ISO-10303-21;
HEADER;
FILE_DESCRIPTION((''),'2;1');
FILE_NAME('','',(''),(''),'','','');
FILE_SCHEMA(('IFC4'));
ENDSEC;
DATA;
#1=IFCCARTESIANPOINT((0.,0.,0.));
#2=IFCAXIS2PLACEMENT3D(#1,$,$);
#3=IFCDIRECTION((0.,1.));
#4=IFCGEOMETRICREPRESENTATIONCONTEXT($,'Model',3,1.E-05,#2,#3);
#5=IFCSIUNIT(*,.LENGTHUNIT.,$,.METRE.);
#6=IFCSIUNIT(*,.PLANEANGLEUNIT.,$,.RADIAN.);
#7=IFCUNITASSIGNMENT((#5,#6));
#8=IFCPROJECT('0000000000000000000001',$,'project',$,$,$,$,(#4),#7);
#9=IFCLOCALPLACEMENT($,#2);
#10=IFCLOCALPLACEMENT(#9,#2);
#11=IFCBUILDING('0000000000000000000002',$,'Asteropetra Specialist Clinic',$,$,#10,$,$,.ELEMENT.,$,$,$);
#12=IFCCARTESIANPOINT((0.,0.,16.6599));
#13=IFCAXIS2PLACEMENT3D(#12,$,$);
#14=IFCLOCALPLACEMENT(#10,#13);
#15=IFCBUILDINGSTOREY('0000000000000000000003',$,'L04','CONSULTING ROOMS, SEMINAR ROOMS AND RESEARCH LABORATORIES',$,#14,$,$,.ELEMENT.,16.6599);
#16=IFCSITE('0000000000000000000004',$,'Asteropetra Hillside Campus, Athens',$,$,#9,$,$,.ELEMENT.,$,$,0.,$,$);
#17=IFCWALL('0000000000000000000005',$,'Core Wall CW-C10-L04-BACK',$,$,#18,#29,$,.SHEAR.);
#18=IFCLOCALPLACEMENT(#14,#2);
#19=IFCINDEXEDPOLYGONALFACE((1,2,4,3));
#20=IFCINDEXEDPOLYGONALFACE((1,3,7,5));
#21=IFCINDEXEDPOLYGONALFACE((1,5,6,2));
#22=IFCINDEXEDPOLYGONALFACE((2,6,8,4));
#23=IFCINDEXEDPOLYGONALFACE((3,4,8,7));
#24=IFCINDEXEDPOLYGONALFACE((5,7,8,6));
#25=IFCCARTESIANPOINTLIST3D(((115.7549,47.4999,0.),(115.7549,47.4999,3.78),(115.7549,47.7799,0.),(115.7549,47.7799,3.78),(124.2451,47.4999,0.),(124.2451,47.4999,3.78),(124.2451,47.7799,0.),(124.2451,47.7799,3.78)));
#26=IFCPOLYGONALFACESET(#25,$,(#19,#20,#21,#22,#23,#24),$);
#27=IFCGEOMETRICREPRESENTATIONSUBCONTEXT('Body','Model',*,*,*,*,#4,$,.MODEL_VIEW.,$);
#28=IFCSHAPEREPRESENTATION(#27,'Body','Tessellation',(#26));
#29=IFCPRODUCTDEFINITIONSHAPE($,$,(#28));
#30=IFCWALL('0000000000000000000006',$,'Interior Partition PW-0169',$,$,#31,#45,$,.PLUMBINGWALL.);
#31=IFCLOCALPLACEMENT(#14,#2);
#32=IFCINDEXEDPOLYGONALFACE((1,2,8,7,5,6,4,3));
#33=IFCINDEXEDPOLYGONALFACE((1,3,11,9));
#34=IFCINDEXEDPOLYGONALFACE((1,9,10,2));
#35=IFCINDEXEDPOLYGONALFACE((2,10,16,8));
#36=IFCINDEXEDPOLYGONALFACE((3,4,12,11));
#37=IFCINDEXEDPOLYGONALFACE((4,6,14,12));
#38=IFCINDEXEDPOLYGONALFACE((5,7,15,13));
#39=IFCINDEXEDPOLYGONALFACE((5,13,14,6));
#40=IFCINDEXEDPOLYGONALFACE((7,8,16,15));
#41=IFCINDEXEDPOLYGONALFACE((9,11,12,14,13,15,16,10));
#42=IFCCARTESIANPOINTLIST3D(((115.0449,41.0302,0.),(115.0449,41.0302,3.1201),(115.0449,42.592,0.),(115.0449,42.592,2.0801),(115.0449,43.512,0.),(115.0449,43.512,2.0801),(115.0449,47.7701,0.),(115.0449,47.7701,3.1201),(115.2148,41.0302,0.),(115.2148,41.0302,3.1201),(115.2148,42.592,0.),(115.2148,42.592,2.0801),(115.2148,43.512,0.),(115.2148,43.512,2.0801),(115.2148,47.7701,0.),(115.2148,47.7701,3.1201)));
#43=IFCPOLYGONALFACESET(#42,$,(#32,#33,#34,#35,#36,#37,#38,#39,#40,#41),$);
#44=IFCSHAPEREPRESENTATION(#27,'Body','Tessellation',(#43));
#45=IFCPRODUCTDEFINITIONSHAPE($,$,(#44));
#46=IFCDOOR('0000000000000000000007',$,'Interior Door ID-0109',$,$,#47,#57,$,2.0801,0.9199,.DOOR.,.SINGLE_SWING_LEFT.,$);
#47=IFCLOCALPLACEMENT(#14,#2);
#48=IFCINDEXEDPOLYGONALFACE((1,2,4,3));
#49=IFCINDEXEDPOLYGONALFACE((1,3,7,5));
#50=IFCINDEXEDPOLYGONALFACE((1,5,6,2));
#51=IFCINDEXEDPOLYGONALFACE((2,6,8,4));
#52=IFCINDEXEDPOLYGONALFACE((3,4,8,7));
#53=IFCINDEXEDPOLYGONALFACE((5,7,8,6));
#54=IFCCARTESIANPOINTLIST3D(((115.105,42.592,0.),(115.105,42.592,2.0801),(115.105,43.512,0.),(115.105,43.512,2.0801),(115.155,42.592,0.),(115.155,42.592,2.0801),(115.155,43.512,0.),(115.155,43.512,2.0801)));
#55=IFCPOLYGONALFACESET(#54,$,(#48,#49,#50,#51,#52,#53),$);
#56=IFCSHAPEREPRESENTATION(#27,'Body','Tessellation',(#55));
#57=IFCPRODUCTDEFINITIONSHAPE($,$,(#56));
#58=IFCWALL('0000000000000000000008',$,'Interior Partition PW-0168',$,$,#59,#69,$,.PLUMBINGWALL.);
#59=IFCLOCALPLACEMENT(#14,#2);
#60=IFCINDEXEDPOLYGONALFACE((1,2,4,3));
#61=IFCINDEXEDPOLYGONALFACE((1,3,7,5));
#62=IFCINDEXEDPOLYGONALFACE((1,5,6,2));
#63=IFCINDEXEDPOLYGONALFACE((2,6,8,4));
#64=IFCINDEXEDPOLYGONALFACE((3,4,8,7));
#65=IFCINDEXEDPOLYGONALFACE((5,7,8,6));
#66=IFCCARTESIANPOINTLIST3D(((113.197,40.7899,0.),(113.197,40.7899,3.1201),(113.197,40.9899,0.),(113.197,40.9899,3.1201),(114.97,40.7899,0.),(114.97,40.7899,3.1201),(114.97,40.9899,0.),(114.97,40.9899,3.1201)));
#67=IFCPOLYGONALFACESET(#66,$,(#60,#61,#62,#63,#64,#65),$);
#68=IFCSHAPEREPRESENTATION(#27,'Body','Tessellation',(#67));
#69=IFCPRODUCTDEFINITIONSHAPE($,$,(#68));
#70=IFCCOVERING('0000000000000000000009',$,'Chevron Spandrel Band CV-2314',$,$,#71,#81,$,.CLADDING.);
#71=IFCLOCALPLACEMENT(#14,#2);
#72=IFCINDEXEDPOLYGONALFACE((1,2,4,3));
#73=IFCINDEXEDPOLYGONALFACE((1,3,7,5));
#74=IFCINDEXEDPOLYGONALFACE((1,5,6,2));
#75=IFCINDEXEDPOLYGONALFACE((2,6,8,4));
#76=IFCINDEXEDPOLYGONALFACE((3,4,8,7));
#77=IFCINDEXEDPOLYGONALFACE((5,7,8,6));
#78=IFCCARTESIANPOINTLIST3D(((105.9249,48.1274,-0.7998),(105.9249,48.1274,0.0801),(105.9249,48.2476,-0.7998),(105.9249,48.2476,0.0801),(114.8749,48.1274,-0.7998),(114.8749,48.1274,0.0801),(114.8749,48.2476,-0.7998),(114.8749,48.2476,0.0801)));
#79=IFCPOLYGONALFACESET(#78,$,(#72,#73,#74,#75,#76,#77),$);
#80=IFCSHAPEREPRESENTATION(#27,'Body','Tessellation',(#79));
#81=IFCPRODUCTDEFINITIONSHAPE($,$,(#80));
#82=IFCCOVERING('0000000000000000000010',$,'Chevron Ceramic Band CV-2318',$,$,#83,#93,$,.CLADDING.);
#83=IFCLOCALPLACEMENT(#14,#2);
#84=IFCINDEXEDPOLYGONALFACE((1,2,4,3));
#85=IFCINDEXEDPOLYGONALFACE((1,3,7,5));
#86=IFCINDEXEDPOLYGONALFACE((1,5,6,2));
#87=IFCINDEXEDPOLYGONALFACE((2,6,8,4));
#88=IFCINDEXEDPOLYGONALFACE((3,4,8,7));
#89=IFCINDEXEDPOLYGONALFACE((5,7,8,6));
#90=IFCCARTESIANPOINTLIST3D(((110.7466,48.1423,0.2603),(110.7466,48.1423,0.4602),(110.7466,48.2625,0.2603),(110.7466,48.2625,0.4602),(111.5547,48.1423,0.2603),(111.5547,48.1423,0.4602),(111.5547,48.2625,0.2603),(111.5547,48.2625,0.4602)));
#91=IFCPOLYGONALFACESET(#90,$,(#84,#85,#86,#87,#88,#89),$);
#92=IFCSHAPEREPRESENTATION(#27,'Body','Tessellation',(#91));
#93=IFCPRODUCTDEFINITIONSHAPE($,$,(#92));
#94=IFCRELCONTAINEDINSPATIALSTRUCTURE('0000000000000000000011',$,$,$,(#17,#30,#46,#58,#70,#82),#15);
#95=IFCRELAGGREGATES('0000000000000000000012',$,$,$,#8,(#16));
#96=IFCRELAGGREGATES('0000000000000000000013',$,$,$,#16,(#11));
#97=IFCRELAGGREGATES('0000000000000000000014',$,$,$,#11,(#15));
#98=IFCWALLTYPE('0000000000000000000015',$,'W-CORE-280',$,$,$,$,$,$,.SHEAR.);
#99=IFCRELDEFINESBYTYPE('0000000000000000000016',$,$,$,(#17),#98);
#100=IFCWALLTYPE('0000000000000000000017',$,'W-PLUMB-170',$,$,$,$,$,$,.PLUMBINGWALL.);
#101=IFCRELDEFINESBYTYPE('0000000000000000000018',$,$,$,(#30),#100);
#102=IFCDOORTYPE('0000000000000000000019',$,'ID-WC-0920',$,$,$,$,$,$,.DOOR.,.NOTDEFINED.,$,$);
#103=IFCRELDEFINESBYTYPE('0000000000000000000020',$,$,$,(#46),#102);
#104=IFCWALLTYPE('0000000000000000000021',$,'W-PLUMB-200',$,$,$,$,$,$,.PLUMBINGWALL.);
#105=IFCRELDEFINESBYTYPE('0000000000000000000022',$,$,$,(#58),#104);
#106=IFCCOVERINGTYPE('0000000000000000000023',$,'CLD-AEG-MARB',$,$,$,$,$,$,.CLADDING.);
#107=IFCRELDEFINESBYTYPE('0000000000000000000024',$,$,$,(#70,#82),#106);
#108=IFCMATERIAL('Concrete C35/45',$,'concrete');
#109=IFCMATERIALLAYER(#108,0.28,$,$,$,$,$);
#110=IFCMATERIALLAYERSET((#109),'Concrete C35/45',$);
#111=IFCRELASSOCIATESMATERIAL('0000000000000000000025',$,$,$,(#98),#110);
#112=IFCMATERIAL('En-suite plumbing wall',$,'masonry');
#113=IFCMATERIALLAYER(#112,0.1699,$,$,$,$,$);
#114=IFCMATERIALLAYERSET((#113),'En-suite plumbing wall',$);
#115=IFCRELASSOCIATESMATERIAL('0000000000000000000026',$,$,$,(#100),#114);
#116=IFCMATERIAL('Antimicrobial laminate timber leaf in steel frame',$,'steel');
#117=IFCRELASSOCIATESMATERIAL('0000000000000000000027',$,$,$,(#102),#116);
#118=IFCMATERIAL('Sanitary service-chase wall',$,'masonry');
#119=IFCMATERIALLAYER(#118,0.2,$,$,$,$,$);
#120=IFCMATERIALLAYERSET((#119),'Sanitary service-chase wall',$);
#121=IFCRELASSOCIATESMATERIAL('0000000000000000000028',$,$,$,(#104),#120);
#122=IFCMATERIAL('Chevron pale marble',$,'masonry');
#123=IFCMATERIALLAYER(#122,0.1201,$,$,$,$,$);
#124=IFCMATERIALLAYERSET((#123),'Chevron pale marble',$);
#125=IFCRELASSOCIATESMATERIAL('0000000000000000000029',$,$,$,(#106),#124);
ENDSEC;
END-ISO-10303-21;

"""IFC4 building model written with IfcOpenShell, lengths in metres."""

from ifc_helpers import new_model, si_unit, direction, frame, frame_2d, origin, origin_2d, place, context, subcontext, project, spatial, rectangle, extrude, material, layer, layer_set, type_object, element, fill, save


model = new_model("IFC4")

# Units and contexts
model_context = context("Model", 3, precision=1e-05, world=origin(), true_north=direction((0.0, 1.0)))
body_context = subcontext(model_context, "Body", "Model", "MODEL_VIEW")
ifc_project = project(units=[si_unit("LENGTHUNIT", "METRE"), si_unit("PLANEANGLEUNIT", "RADIAN")], contexts=[model_context])

# Site, building, storey
site_placement = place(None, origin())
site = spatial("IfcSite", under=ifc_project, at=site_placement, Name="Asteropetra Hillside Campus, Athens", CompositionType="ELEMENT", RefElevation=0.0)
building_placement = place(site_placement, origin())
building = spatial("IfcBuilding", under=site, at=building_placement, Name="Asteropetra Specialist Clinic", CompositionType="ELEMENT")
storey_placement = place(building_placement, frame((0.0, 0.0, 16.6599)))
storey = spatial("IfcBuildingStorey", under=building, at=storey_placement, Name="L04", Description="CONSULTING ROOMS, SEMINAR ROOMS AND RESEARCH LABORATORIES", CompositionType="ELEMENT", Elevation=16.6599)

# Wall
ifc_material_1 = material(Name="Concrete C35/45", Category="concrete")
ifc_layer_1 = layer(ifc_material_1, 0.28)
ifc_layer_set_1 = layer_set([ifc_layer_1], Name="Concrete C35/45")
wall_type_1 = type_object("IfcWallType", Name="W-CORE-280", PredefinedType="SHEAR", material=ifc_layer_set_1)
wall_1_placement = place(storey_placement, frame((115.7549, 47.6399, 0.0), z_axis=(0.0, 0.0, 1.0), x_axis=(1.0, 0.0, 0.0)))
element("IfcWall", 1, at=wall_1_placement, inside=storey, type_object=wall_type_1, Name="Core Wall CW-C10-L04-BACK", PredefinedType="SHEAR", context=body_context, shape_type="SweptSolid", body=[
    extrude(rectangle(XDim=8.4902, YDim=0.28, at=frame_2d((4.2451, 0.0))), origin(), (0.0, 0.0, 1.0), 3.78),
])

# Wall, opening, door
ifc_material_2 = material(Name="En-suite plumbing wall", Category="masonry")
ifc_layer_2 = layer(ifc_material_2, 0.1699)
ifc_layer_set_2 = layer_set([ifc_layer_2], Name="En-suite plumbing wall")
wall_type_2 = type_object("IfcWallType", Name="W-PLUMB-170", PredefinedType="PLUMBINGWALL", material=ifc_layer_set_2)
wall_2_placement = place(storey_placement, frame((115.1299, 41.03, 0.0), z_axis=(0.0, 0.0, 1.0), x_axis=(0.0, 1.0, 0.0)))
wall_2 = element("IfcWall", 2, at=wall_2_placement, inside=storey, type_object=wall_type_2, Name="Interior Partition PW-0169", PredefinedType="PLUMBINGWALL", context=body_context, shape_type="SweptSolid", body=[
    extrude(rectangle(XDim=6.74, YDim=0.1699, at=frame_2d((3.3701, 0.0))), origin(), (0.0, 0.0, 1.0), 3.1201),
])
opening_1_placement = place(wall_2_placement, frame((1.562, 0.0, 0.0)))
opening_1 = element("IfcOpeningElement", 3, at=opening_1_placement, cuts=wall_2, PredefinedType="OPENING", context=body_context, shape_type="SweptSolid", body=[
    extrude(rectangle(XDim=0.9199, YDim=2.0801, at=frame_2d((0.46, 1.04))), frame((0.0, 0.095, 0.0), z_axis=(0.0, -1.0, 0.0), x_axis=(1.0, 0.0, 0.0)), (0.0, 0.0, 1.0), 0.1899),
])
ifc_material_3 = material(Name="Antimicrobial laminate timber leaf in steel frame", Category="steel")
door_type_1 = type_object("IfcDoorType", Name="ID-WC-0920", OperationType="NOTDEFINED", PredefinedType="DOOR", material=ifc_material_3)
door_1_placement = place(opening_1_placement, origin())
door_1 = element("IfcDoor", 4, at=door_1_placement, inside=storey, type_object=door_type_1, Name="Interior Door ID-0109", OperationType="SINGLE_SWING_LEFT", OverallHeight=2.0801, OverallWidth=0.9199, PredefinedType="DOOR", context=body_context, shape_type="SweptSolid", body=[
    extrude(rectangle(XDim=0.9199, YDim=2.0801, at=frame_2d((0.46, 1.04))), frame((0.0, 0.0249, 0.0), z_axis=(0.0, -1.0, 0.0), x_axis=(1.0, 0.0, 0.0)), (0.0, 0.0, 1.0), 0.05),
])
fill(opening_1, door_1)

# Wall
ifc_material_4 = material(Name="Sanitary service-chase wall", Category="masonry")
ifc_layer_3 = layer(ifc_material_4, 0.2)
ifc_layer_set_3 = layer_set([ifc_layer_3], Name="Sanitary service-chase wall")
wall_type_3 = type_object("IfcWallType", Name="W-PLUMB-200", PredefinedType="PLUMBINGWALL", material=ifc_layer_set_3)
wall_3_placement = place(storey_placement, frame((113.197, 40.8899, 0.0), z_axis=(0.0, 0.0, 1.0), x_axis=(1.0, 0.0, 0.0)))
element("IfcWall", 5, at=wall_3_placement, inside=storey, type_object=wall_type_3, Name="Interior Partition PW-0168", PredefinedType="PLUMBINGWALL", context=body_context, shape_type="SweptSolid", body=[
    extrude(rectangle(XDim=1.7729, YDim=0.2, at=frame_2d((0.8865, 0.0))), origin(), (0.0, 0.0, 1.0), 3.1201),
])

# Coverings
ifc_material_5 = material(Name="Chevron pale marble", Category="masonry")
ifc_layer_4 = layer(ifc_material_5, 0.1201)
ifc_layer_set_4 = layer_set([ifc_layer_4], Name="Chevron pale marble")
covering_type = type_object("IfcCoveringType", Name="CLD-AEG-MARB", PredefinedType="CLADDING", material=ifc_layer_set_4)
covering_1_placement = place(storey_placement, frame((110.3999, 48.1875, -0.7998), z_axis=(0.0, 0.0, 1.0), x_axis=(1.0, 0.0, 0.0)))
element("IfcCovering", 6, at=covering_1_placement, inside=storey, type_object=covering_type, Name="Chevron Spandrel Band CV-2314", PredefinedType="CLADDING", context=body_context, shape_type="SweptSolid", body=[
    extrude(rectangle(XDim=8.95, YDim=0.1201, at=origin_2d()), origin(), (0.0, 0.0, 1.0), 0.8799),
])
covering_2_placement = place(storey_placement, frame((111.1506, 48.2024, 0.2603), z_axis=(0.0, 0.0, 1.0), x_axis=(1.0, 0.0, 0.0)))
element("IfcCovering", 7, at=covering_2_placement, inside=storey, type_object=covering_type, Name="Chevron Ceramic Band CV-2318", PredefinedType="CLADDING", context=body_context, shape_type="SweptSolid", body=[
    extrude(rectangle(XDim=0.8081, YDim=0.1201, at=origin_2d()), origin(), (0.0, 0.0, 1.0), 0.2),
])

save(model, "model.ifc")
